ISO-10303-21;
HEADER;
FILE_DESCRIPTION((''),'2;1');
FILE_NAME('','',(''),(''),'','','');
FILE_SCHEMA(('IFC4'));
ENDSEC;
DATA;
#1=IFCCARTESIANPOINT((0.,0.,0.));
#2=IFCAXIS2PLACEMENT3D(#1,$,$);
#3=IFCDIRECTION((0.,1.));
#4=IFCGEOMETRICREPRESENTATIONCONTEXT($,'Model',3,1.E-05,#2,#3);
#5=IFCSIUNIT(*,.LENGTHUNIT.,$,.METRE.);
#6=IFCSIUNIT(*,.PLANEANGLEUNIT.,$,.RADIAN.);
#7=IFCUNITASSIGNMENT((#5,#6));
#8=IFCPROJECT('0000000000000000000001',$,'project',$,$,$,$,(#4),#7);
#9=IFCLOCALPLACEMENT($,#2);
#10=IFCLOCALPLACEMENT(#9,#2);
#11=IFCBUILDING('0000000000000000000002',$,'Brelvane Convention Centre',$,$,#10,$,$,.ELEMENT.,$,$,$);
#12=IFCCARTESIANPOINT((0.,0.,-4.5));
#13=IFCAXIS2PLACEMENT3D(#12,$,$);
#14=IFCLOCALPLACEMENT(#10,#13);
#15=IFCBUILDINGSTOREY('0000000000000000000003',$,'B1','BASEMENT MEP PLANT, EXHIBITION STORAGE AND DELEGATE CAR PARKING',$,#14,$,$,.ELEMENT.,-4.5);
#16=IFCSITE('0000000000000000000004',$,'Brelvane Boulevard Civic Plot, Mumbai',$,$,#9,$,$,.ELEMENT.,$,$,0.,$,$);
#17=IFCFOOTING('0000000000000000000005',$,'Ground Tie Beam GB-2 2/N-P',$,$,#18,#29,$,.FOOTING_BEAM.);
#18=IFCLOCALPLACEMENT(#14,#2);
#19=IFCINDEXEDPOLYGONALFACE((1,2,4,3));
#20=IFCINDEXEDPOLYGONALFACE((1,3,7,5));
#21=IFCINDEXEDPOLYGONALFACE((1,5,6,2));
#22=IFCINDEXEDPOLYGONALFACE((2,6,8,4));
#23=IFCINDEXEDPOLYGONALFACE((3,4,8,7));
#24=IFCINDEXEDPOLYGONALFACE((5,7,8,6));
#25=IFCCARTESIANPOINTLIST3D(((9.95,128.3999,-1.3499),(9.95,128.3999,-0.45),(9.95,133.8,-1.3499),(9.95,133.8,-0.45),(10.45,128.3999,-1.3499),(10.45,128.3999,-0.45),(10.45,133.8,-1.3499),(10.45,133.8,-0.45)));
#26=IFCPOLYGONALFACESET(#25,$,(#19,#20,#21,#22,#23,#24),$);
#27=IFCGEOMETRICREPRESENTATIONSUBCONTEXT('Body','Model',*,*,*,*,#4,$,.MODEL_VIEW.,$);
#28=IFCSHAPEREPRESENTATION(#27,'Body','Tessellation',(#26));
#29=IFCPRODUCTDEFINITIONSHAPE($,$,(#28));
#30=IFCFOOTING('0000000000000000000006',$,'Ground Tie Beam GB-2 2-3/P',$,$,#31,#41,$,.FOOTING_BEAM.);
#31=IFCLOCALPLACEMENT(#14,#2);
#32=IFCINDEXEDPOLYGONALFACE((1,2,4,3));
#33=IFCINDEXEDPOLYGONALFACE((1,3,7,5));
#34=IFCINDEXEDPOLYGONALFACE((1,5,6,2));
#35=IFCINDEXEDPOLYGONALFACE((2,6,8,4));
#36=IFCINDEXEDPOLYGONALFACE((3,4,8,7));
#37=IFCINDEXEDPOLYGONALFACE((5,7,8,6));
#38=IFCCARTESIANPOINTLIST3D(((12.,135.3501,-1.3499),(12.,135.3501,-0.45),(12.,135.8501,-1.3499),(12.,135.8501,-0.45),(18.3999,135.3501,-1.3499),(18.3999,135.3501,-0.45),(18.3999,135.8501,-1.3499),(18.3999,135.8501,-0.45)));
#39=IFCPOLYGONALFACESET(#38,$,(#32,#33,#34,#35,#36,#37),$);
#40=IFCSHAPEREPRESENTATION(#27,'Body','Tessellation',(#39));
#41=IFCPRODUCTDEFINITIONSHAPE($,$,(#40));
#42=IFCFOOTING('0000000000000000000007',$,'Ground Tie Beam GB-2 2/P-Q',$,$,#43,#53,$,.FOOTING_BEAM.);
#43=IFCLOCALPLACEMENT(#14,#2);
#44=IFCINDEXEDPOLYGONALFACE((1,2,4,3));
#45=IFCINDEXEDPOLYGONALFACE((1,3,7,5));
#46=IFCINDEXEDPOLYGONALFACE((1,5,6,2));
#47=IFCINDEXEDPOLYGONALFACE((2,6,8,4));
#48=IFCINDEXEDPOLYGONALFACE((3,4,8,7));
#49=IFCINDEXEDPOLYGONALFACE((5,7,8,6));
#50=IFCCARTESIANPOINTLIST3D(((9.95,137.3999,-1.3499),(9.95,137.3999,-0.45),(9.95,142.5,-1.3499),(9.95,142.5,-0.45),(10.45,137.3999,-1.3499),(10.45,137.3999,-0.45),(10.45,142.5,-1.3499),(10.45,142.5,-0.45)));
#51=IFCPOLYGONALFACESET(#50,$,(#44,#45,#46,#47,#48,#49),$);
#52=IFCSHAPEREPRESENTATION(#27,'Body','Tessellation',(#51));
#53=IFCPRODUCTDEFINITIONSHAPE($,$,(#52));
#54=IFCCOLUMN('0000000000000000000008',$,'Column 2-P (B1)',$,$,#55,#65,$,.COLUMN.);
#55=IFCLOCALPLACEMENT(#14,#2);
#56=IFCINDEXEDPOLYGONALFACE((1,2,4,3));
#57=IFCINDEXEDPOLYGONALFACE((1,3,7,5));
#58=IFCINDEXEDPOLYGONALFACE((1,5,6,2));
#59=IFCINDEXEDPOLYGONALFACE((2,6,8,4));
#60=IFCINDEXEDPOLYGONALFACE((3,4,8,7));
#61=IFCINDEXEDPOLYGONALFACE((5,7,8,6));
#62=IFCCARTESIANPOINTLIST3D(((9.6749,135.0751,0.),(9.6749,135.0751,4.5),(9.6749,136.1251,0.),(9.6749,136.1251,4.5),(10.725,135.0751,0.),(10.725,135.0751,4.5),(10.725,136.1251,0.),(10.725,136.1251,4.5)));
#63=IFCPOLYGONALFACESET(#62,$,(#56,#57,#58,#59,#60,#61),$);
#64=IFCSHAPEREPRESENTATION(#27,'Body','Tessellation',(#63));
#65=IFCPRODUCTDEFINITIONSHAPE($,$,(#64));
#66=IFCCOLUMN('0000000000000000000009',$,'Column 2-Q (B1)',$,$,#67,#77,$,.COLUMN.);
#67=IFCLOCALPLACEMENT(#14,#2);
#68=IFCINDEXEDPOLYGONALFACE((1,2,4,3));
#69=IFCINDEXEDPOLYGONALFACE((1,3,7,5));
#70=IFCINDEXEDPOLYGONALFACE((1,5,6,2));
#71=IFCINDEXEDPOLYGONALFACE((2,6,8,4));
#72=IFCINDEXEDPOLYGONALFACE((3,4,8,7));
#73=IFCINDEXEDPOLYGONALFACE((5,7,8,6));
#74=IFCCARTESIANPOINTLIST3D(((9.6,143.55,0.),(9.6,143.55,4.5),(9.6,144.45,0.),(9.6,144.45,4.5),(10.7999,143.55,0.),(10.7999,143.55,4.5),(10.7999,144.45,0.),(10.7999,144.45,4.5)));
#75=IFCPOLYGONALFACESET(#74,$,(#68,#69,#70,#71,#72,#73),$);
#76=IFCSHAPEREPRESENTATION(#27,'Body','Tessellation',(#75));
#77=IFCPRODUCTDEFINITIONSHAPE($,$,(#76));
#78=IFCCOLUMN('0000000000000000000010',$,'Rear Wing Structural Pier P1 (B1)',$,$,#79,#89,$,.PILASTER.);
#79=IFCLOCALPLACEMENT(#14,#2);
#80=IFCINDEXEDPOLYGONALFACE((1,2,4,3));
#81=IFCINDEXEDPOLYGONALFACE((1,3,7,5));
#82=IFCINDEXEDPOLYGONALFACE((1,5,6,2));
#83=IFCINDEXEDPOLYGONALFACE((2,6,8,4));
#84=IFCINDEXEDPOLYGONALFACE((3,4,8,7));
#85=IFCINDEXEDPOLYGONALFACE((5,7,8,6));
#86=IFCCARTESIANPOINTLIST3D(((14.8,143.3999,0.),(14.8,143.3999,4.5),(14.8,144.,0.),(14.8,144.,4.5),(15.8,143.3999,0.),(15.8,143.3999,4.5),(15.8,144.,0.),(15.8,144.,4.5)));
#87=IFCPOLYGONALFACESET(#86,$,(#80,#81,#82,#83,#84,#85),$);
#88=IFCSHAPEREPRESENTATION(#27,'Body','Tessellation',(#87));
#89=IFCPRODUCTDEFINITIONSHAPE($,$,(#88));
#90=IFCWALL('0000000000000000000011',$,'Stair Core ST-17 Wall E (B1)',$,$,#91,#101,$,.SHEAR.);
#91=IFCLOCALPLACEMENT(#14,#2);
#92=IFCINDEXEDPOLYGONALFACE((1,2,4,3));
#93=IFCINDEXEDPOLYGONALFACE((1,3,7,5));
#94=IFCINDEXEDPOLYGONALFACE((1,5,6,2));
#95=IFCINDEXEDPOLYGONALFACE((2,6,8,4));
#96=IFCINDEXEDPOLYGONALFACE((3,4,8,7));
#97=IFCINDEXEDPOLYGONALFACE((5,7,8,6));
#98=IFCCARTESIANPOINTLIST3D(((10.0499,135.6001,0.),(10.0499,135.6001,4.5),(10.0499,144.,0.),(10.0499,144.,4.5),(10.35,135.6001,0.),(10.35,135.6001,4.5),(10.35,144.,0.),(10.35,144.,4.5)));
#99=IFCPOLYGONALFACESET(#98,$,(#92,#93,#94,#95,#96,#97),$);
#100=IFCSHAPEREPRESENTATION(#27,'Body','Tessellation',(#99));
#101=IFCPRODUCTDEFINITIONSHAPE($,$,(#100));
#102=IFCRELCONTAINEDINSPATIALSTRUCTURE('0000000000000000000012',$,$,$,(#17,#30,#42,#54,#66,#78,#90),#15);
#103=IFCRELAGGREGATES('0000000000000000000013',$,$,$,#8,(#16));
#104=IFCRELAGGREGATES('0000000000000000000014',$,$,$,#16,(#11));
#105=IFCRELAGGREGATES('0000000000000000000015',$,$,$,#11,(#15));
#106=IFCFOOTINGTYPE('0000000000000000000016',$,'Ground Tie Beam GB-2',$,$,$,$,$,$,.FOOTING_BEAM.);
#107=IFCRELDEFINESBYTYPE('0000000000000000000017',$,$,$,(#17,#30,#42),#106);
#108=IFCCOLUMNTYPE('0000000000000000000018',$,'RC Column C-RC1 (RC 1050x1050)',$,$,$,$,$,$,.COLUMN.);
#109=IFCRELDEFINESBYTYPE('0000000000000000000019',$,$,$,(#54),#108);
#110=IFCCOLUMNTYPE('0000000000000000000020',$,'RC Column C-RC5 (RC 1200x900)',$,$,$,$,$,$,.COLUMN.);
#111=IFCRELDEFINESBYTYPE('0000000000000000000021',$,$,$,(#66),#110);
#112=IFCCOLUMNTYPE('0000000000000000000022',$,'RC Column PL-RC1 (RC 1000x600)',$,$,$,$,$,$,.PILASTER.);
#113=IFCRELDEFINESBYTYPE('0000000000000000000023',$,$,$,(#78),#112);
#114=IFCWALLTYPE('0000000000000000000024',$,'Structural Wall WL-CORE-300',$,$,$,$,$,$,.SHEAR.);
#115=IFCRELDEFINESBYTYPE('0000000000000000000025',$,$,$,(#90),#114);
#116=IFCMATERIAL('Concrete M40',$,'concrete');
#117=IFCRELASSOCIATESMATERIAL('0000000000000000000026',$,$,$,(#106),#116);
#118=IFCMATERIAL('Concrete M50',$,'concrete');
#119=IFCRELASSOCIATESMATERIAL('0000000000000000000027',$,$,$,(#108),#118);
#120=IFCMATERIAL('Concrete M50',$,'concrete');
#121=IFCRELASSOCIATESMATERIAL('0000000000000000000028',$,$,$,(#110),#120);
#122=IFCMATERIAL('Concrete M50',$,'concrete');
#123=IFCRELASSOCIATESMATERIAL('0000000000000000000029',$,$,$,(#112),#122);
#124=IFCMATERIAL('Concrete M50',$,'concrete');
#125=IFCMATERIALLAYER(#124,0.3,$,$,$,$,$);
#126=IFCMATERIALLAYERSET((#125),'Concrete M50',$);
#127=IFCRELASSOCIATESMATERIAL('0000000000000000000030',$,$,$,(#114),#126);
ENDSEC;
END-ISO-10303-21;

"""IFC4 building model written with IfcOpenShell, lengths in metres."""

from ifc_helpers import new_model, si_unit, direction, frame, frame_2d, origin, origin_2d, place, context, subcontext, project, spatial, rectangle, extrude, material, layer, layer_set, material_profile, profile_set, type_object, element, save


model = new_model("IFC4")

# Units and contexts
model_context = context("Model", 3, precision=1e-05, world=origin(), true_north=direction((0.0, 1.0)))
body_context = subcontext(model_context, "Body", "Model", "MODEL_VIEW")
ifc_project = project(units=[si_unit("LENGTHUNIT", "METRE"), si_unit("PLANEANGLEUNIT", "RADIAN")], contexts=[model_context])

# Site, building, storey
site_placement = place(None, origin())
site = spatial("IfcSite", under=ifc_project, at=site_placement, Name="Brelvane Boulevard Civic Plot, Mumbai", CompositionType="ELEMENT", RefElevation=0.0)
building_placement = place(site_placement, origin())
building = spatial("IfcBuilding", under=site, at=building_placement, Name="Brelvane Convention Centre", CompositionType="ELEMENT")
storey_placement = place(building_placement, frame((0.0, 0.0, -4.5)))
storey = spatial("IfcBuildingStorey", under=building, at=storey_placement, Name="B1", Description="BASEMENT MEP PLANT, EXHIBITION STORAGE AND DELEGATE CAR PARKING", CompositionType="ELEMENT", Elevation=-4.5)

# Footings
ifc_material_1 = material(Name="Concrete M40", Category="concrete")
ifc_material_profile_1 = material_profile(ifc_material_1, rectangle(XDim=0.5, YDim=0.8999, at=origin_2d()), Name="RC 500x900")
ifc_profile_set_1 = profile_set([ifc_material_profile_1], Name="Concrete M40")
footing_type_1 = type_object("IfcFootingType", Name="Ground Tie Beam GB-2", PredefinedType="FOOTING_BEAM", material=ifc_profile_set_1)
footing_1_placement = place(storey_placement, frame((10.2, 128.3999, -0.8999), z_axis=(0.0, 1.0, 0.0), x_axis=(-1.0, 0.0, 0.0)))
element("IfcFooting", 1, at=footing_1_placement, inside=storey, type_object=footing_type_1, Name="Ground Tie Beam GB-2 2/N-P", PredefinedType="FOOTING_BEAM", context=body_context, shape_type="SweptSolid", body=[
    extrude(rectangle(XDim=0.5, YDim=0.8999, at=origin_2d()), origin(), (0.0, 0.0, 1.0), 5.4001),
])
footing_2_placement = place(storey_placement, frame((12.0, 135.6001, -0.8999), z_axis=(1.0, 0.0, 0.0), x_axis=(0.0, 1.0, 0.0)))
element("IfcFooting", 2, at=footing_2_placement, inside=storey, type_object=footing_type_1, Name="Ground Tie Beam GB-2 2-3/P", PredefinedType="FOOTING_BEAM", context=body_context, shape_type="SweptSolid", body=[
    extrude(rectangle(XDim=0.5, YDim=0.8999, at=origin_2d()), origin(), (0.0, 0.0, 1.0), 6.3999),
])
footing_3_placement = place(storey_placement, frame((10.2, 137.3999, -0.8999), z_axis=(0.0, 1.0, 0.0), x_axis=(-1.0, 0.0, 0.0)))
element("IfcFooting", 3, at=footing_3_placement, inside=storey, type_object=footing_type_1, Name="Ground Tie Beam GB-2 2/P-Q", PredefinedType="FOOTING_BEAM", context=body_context, shape_type="SweptSolid", body=[
    extrude(rectangle(XDim=0.5, YDim=0.8999, at=origin_2d()), origin(), (0.0, 0.0, 1.0), 5.1001),
])

# Columns
ifc_material_2 = material(Name="Concrete M50", Category="concrete")
ifc_material_profile_2 = material_profile(ifc_material_2, rectangle(XDim=1.05, YDim=1.05, at=origin_2d()), Name="RC 1050x1050")
ifc_profile_set_2 = profile_set([ifc_material_profile_2], Name="Concrete M50")
column_type_1 = type_object("IfcColumnType", Name="RC Column C-RC1 (RC 1050x1050)", PredefinedType="COLUMN", material=ifc_profile_set_2)
column_1_placement = place(storey_placement, frame((10.2, 135.6001, 0.0), z_axis=(0.0, 0.0, 1.0), x_axis=(1.0, 0.0, 0.0)))
element("IfcColumn", 4, at=column_1_placement, inside=storey, type_object=column_type_1, Name="Column 2-P (B1)", PredefinedType="COLUMN", context=body_context, shape_type="SweptSolid", body=[
    extrude(rectangle(XDim=1.05, YDim=1.05, at=origin_2d()), origin(), (0.0, 0.0, 1.0), 4.5),
])
ifc_material_3 = material(Name="Concrete M50", Category="concrete")
ifc_material_profile_3 = material_profile(ifc_material_3, rectangle(XDim=1.2, YDim=0.8999, at=origin_2d()), Name="RC 1200x900")
ifc_profile_set_3 = profile_set([ifc_material_profile_3], Name="Concrete M50")
column_type_2 = type_object("IfcColumnType", Name="RC Column C-RC5 (RC 1200x900)", PredefinedType="COLUMN", material=ifc_profile_set_3)
column_2_placement = place(storey_placement, frame((10.2, 144.0, 0.0), z_axis=(0.0, 0.0, 1.0), x_axis=(1.0, 0.0, 0.0)))
element("IfcColumn", 5, at=column_2_placement, inside=storey, type_object=column_type_2, Name="Column 2-Q (B1)", PredefinedType="COLUMN", context=body_context, shape_type="SweptSolid", body=[
    extrude(rectangle(XDim=1.2, YDim=0.8999, at=origin_2d()), origin(), (0.0, 0.0, 1.0), 4.5),
])
ifc_material_4 = material(Name="Concrete M50", Category="concrete")
ifc_material_profile_4 = material_profile(ifc_material_4, rectangle(XDim=1.0, YDim=0.6001, at=origin_2d()), Name="RC 1000x600")
ifc_profile_set_4 = profile_set([ifc_material_profile_4], Name="Concrete M50")
column_type_3 = type_object("IfcColumnType", Name="RC Column PL-RC1 (RC 1000x600)", PredefinedType="PILASTER", material=ifc_profile_set_4)
column_3_placement = place(storey_placement, frame((15.3, 143.7, 0.0), z_axis=(0.0, 0.0, 1.0), x_axis=(1.0, 0.0, 0.0)))
element("IfcColumn", 6, at=column_3_placement, inside=storey, type_object=column_type_3, Name="Rear Wing Structural Pier P1 (B1)", PredefinedType="PILASTER", context=body_context, shape_type="SweptSolid", body=[
    extrude(rectangle(XDim=1.0, YDim=0.6001, at=origin_2d()), origin(), (0.0, 0.0, 1.0), 4.5),
])

# Wall
ifc_material_5 = material(Name="Concrete M50", Category="concrete")
ifc_layer = layer(ifc_material_5, 0.3)
ifc_layer_set = layer_set([ifc_layer], Name="Concrete M50")
wall_type = type_object("IfcWallType", Name="Structural Wall WL-CORE-300", PredefinedType="SHEAR", material=ifc_layer_set)
wall_placement = place(storey_placement, frame((10.2, 135.6001, 0.0), z_axis=(0.0, 0.0, 1.0), x_axis=(0.0, 1.0, 0.0)))
element("IfcWall", 7, at=wall_placement, inside=storey, type_object=wall_type, Name="Stair Core ST-17 Wall E (B1)", PredefinedType="SHEAR", context=body_context, shape_type="SweptSolid", body=[
    extrude(rectangle(XDim=8.3999, YDim=0.3, at=frame_2d((4.2, 0.0))), origin(), (0.0, 0.0, 1.0), 4.5),
])

save(model, "model.ifc")
